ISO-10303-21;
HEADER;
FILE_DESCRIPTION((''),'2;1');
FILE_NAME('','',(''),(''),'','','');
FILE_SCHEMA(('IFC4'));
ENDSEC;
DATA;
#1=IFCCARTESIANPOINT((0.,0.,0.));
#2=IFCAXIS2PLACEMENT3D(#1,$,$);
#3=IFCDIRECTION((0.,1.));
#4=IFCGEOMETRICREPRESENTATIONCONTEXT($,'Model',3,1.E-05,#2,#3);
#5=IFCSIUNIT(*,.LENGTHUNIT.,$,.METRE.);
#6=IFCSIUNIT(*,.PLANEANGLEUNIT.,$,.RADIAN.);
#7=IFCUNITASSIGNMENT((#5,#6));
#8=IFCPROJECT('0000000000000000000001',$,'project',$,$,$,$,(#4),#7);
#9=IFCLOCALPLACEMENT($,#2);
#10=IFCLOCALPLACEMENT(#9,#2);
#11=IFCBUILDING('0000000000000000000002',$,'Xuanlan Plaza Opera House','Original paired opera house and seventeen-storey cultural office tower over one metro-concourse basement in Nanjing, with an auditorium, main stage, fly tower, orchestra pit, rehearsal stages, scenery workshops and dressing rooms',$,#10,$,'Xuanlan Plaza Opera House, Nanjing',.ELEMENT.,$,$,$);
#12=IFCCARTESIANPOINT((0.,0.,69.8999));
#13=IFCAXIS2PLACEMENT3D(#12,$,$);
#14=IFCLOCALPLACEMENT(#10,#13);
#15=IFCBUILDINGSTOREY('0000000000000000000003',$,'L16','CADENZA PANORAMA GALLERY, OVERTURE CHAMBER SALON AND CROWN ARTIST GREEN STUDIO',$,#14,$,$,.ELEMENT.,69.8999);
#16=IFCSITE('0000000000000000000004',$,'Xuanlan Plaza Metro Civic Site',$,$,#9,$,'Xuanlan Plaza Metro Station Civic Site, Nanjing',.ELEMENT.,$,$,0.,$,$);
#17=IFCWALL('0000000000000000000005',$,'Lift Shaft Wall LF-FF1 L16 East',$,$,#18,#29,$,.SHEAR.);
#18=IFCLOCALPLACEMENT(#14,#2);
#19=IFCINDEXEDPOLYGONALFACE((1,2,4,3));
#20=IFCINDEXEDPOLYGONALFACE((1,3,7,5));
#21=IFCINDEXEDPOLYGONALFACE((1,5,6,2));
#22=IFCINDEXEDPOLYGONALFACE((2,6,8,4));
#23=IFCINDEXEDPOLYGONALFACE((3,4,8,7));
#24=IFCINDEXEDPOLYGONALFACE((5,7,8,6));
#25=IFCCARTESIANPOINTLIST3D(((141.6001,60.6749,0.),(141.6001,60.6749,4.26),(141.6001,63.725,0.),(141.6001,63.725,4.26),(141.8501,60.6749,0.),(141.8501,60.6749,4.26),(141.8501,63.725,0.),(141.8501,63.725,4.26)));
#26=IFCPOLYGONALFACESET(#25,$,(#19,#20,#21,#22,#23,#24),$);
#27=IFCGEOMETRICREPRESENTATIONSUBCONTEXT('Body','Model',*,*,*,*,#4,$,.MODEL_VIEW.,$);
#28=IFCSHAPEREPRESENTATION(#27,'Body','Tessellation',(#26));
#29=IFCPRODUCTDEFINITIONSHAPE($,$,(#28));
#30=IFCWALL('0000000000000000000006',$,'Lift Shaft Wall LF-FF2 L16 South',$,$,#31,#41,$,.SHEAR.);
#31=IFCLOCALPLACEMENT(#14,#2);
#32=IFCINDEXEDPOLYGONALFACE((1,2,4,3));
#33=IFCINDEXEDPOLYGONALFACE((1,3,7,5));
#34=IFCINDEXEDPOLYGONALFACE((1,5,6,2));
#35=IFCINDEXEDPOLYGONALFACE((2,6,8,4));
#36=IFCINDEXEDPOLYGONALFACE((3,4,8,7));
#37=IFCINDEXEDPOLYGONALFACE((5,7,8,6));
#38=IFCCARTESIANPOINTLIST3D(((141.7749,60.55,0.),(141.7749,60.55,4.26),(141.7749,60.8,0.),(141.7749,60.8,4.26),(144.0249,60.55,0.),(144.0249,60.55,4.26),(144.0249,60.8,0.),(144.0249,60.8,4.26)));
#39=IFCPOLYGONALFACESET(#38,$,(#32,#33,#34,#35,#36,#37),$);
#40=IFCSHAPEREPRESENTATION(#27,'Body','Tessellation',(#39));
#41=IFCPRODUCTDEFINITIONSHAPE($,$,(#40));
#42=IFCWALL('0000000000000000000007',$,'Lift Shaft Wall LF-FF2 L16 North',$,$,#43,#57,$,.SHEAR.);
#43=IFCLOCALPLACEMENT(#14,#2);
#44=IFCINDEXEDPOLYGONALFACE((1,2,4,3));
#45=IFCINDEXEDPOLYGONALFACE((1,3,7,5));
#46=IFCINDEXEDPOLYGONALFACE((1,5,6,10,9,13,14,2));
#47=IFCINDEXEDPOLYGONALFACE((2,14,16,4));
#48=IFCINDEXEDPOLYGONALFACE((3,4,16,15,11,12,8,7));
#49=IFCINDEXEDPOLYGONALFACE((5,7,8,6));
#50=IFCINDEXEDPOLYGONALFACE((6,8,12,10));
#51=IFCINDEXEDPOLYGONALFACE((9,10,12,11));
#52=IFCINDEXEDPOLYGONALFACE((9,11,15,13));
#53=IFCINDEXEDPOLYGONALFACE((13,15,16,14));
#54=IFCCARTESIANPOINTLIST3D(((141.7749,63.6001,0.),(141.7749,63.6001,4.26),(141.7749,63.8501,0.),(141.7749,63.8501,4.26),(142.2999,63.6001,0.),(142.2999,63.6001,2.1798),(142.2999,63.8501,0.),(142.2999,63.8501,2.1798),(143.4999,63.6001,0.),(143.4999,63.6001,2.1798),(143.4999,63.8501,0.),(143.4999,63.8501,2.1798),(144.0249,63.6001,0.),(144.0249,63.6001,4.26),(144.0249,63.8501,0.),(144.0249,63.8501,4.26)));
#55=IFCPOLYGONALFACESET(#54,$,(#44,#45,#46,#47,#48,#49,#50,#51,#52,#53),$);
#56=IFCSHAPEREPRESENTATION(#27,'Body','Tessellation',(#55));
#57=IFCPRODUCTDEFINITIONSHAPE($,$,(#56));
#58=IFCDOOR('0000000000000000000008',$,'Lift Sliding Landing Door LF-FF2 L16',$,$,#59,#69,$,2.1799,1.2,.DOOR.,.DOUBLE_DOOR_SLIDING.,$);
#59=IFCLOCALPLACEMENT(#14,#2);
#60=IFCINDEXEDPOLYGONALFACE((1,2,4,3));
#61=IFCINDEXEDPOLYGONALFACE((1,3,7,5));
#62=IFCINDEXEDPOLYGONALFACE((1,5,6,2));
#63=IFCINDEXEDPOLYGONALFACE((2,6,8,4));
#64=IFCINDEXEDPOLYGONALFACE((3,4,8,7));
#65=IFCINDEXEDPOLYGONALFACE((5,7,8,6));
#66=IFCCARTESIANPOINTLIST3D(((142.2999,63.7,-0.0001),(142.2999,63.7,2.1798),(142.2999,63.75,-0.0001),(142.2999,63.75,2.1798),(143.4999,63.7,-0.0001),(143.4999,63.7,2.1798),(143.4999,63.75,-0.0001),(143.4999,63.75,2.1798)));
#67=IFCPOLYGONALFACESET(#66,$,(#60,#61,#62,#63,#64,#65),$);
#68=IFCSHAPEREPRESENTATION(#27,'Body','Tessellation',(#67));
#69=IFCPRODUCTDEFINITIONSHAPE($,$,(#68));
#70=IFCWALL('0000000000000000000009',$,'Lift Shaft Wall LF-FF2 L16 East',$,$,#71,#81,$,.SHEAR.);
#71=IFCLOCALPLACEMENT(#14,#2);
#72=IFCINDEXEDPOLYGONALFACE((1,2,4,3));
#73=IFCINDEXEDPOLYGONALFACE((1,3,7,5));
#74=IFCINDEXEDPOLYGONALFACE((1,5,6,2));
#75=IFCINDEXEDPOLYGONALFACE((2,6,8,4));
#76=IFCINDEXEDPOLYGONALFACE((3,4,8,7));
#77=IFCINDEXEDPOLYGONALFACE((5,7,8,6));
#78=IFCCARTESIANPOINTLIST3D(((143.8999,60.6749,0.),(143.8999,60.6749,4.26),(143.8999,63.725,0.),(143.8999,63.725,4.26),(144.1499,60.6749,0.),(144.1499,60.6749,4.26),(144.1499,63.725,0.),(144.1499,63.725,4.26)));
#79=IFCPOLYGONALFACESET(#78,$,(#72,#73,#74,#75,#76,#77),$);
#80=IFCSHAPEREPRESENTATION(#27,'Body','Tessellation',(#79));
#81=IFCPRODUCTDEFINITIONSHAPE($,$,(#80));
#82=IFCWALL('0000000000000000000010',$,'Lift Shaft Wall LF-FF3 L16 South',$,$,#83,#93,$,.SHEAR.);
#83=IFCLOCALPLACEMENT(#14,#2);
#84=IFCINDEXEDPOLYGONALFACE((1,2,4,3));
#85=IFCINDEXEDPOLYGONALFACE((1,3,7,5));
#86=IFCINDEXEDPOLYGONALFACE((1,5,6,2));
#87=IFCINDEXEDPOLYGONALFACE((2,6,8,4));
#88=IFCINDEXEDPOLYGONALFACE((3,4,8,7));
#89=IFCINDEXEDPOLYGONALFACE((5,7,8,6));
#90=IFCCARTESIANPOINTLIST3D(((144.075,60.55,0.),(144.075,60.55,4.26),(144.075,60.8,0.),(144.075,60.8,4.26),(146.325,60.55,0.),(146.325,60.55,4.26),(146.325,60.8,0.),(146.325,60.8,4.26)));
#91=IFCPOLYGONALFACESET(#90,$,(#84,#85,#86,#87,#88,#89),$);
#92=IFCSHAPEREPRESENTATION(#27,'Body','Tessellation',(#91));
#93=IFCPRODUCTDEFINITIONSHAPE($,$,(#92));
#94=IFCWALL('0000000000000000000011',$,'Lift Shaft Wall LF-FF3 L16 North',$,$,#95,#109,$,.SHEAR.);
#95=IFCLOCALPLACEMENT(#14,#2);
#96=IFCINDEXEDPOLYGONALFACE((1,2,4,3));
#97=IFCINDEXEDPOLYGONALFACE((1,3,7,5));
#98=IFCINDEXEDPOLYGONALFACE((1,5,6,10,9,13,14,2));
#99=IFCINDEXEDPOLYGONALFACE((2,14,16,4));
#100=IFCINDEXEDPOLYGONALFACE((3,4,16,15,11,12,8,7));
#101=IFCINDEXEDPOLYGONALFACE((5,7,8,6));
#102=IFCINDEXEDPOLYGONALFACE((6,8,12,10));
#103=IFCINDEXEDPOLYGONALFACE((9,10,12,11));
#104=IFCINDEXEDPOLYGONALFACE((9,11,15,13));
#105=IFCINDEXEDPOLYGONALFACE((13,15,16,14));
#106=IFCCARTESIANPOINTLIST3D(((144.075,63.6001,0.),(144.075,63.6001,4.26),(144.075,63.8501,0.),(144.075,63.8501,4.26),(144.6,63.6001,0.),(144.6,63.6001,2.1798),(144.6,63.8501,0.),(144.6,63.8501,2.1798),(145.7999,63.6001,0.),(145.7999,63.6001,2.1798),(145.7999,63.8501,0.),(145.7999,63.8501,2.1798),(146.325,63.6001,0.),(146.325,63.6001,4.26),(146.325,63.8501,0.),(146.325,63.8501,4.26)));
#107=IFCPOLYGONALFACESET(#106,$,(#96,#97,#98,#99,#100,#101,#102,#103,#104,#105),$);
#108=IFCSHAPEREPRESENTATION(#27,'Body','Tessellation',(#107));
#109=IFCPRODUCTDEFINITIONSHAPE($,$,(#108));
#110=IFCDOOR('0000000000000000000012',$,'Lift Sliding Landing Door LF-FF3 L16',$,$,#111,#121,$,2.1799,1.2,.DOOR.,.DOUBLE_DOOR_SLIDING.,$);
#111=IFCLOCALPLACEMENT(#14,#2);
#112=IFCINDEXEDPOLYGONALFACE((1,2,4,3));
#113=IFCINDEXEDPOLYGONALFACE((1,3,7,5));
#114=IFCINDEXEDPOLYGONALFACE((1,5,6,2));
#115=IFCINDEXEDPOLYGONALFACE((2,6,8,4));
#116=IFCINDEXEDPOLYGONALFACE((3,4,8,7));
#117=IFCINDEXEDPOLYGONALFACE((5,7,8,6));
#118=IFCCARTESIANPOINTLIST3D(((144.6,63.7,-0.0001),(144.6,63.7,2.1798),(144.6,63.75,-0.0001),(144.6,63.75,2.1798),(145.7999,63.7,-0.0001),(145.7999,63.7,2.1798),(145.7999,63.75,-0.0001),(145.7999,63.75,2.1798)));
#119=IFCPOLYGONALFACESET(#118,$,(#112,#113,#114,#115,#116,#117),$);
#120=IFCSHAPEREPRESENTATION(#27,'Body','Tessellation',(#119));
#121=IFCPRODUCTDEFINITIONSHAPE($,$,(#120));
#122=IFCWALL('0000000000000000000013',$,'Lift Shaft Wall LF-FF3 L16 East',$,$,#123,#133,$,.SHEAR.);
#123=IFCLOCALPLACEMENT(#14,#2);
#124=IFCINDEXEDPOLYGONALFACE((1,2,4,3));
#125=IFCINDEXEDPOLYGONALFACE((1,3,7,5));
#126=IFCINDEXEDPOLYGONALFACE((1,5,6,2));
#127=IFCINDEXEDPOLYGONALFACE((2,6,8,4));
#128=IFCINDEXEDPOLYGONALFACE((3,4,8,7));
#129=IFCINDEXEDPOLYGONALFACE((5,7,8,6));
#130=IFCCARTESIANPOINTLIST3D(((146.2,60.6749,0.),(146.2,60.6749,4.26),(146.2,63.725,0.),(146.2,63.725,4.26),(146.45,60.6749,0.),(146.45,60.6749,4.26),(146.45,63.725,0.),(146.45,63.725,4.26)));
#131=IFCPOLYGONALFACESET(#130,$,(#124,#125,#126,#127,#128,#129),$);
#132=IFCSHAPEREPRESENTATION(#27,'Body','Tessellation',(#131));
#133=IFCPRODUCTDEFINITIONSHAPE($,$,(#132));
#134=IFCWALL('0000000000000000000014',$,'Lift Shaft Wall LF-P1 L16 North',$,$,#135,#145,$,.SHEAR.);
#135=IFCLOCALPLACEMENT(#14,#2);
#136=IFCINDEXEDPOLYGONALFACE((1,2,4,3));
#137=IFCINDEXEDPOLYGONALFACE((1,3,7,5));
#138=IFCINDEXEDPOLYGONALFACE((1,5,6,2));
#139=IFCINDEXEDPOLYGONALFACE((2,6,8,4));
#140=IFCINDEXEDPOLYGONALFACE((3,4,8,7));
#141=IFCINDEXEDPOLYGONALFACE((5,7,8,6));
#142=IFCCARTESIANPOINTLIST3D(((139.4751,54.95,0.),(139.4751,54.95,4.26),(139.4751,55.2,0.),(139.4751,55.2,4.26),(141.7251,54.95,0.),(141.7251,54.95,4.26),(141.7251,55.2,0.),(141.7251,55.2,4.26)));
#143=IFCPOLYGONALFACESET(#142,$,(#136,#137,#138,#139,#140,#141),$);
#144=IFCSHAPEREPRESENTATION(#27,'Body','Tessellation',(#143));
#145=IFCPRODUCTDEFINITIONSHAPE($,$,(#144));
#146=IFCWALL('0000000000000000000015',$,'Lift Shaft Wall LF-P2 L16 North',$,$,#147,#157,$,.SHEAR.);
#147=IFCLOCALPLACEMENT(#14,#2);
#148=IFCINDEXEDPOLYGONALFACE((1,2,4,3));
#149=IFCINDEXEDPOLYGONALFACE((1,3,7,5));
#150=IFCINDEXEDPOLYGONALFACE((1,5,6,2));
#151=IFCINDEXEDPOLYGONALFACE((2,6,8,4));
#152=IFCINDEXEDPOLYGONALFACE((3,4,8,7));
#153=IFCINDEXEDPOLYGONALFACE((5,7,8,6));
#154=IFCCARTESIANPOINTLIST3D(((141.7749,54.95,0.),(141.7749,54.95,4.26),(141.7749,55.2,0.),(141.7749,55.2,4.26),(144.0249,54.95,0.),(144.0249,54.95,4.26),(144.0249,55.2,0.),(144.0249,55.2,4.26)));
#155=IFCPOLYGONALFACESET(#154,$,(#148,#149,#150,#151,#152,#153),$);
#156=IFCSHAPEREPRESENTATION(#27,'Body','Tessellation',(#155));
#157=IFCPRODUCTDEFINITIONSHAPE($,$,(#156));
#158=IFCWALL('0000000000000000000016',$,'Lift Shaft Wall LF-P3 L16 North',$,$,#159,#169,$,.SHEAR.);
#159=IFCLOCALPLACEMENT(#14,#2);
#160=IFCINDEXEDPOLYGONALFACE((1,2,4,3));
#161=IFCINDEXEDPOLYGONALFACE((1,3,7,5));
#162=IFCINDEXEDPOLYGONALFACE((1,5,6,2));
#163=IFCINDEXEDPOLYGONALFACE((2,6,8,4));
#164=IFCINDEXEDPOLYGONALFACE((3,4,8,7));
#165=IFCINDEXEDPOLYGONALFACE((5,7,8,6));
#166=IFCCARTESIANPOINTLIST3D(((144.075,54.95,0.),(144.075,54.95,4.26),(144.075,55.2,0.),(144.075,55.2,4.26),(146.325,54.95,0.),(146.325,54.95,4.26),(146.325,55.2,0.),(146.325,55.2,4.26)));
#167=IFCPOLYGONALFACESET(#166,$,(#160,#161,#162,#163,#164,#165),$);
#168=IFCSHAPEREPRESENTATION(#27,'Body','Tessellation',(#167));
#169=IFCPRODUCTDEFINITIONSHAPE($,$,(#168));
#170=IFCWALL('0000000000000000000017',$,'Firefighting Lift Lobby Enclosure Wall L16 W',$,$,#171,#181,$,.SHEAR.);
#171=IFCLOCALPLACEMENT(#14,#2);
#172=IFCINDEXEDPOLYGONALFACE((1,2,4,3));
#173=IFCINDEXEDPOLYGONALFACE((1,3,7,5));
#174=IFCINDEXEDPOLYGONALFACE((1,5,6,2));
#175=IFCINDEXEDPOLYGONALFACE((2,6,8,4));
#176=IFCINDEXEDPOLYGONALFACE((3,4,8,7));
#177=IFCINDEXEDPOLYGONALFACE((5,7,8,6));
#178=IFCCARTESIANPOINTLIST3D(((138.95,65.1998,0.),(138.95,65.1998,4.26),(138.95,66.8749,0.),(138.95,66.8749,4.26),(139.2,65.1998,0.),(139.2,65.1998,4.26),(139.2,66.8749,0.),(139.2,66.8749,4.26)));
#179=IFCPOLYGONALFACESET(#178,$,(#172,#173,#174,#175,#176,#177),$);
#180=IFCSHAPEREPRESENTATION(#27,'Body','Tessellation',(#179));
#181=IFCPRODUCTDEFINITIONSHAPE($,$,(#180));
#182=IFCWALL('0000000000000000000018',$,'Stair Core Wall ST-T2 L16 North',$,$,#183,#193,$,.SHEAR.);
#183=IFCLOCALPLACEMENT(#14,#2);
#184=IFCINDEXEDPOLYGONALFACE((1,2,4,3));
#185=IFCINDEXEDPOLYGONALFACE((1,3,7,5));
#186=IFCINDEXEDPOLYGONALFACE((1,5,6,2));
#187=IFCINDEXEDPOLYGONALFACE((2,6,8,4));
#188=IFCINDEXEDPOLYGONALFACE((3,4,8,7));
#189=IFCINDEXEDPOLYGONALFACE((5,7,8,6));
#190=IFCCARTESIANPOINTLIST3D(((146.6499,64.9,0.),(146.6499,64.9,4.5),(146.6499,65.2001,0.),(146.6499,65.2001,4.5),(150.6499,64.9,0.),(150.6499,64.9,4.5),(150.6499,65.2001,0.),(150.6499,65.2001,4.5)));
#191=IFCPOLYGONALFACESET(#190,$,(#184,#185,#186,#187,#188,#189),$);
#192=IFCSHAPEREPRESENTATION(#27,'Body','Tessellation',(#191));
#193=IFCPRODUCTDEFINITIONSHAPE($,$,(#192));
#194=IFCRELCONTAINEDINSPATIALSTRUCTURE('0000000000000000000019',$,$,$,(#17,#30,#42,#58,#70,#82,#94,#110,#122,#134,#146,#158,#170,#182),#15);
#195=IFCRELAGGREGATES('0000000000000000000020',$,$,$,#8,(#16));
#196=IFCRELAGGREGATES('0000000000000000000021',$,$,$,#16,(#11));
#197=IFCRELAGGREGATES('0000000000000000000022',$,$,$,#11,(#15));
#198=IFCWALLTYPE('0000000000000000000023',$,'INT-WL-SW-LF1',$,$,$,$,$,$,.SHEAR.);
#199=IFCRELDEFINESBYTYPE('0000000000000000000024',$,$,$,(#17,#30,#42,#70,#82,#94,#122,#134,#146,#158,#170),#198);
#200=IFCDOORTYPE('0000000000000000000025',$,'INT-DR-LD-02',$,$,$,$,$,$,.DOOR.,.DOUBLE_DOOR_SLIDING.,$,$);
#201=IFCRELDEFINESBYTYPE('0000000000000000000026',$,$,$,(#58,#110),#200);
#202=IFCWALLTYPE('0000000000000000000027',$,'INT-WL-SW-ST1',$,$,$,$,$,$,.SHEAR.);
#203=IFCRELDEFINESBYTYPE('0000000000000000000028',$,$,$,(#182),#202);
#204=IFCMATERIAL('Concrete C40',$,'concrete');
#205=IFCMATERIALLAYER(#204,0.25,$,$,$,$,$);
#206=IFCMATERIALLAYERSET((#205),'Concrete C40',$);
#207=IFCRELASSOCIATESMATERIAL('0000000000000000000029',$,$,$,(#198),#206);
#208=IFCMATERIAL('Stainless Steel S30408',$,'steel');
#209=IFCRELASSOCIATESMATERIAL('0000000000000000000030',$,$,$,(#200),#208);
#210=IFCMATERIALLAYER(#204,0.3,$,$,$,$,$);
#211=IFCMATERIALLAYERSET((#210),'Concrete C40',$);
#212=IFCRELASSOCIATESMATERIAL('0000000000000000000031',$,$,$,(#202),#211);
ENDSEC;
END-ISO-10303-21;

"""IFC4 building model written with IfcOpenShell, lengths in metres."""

from ifc_helpers import new_model, si_unit, direction, frame, frame_2d, origin, place, context, subcontext, project, spatial, rectangle, extrude, material, layer, layer_set, type_object, element, fill, save


model = new_model("IFC4")

# Units and contexts
model_context = context("Model", 3, precision=1e-05, world=origin(), true_north=direction((0.0, 1.0)))
body_context = subcontext(model_context, "Body", "Model", "MODEL_VIEW")
ifc_project = project(units=[si_unit("LENGTHUNIT", "METRE"), si_unit("PLANEANGLEUNIT", "RADIAN")], contexts=[model_context])

# Site, building, storey
site_placement = place(None, origin())
site = spatial("IfcSite", under=ifc_project, at=site_placement, Name="Xuanlan Plaza Metro Civic Site", LongName="Xuanlan Plaza Metro Station Civic Site, Nanjing", CompositionType="ELEMENT", RefElevation=0.0)
building_placement = place(site_placement, origin())
building = spatial("IfcBuilding", under=site, at=building_placement, Name="Xuanlan Plaza Opera House", Description="Original paired opera house and seventeen-storey cultural office tower over one metro-concourse basement in Nanjing, with an auditorium, main stage, fly tower, orchestra pit, rehearsal stages, scenery workshops and dressing rooms", LongName="Xuanlan Plaza Opera House, Nanjing", CompositionType="ELEMENT")
storey_placement = place(building_placement, frame((0.0, 0.0, 69.8999)))
storey = spatial("IfcBuildingStorey", under=building, at=storey_placement, Name="L16", Description="CADENZA PANORAMA GALLERY, OVERTURE CHAMBER SALON AND CROWN ARTIST GREEN STUDIO", CompositionType="ELEMENT", Elevation=69.8999)

# Shared definitions
ifc_material_1 = material(Name="Concrete C40", Category="concrete")

# Shared definitions
ifc_layer_1 = layer(ifc_material_1, 0.25)
ifc_layer_set_1 = layer_set([ifc_layer_1], Name="Concrete C40")
wall_type_1 = type_object("IfcWallType", Name="INT-WL-SW-LF1", PredefinedType="SHEAR", material=ifc_layer_set_1)

# Shared definitions
ifc_material_2 = material(Name="Stainless Steel S30408", Category="steel")
door_type = type_object("IfcDoorType", Name="INT-DR-LD-02", OperationType="DOUBLE_DOOR_SLIDING", PredefinedType="DOOR", material=ifc_material_2)

# Walls
for number, where, z_axis, x_axis, name in (
    (1, (141.7251, 60.675, 0.0), (0.0, 0.0, 1.0), (0.0, 1.0, 0.0), "Lift Shaft Wall LF-FF1 L16 East"),
):
    element("IfcWall", number, at=place(storey_placement, frame(where, z_axis=z_axis, x_axis=x_axis)), inside=storey, type_object=wall_type_1, Name=name, PredefinedType="SHEAR", context=body_context, shape_type="SweptSolid", body=[
        extrude(rectangle(XDim=3.05, YDim=0.25, at=frame_2d((1.5249, 0.0))), origin(), (0.0, 0.0, 1.0), 4.26),
    ])
wall_1_placement = place(storey_placement, frame((141.7749, 60.675, 0.0), z_axis=(0.0, 0.0, 1.0), x_axis=(1.0, 0.0, 0.0)))
element("IfcWall", 2, at=wall_1_placement, inside=storey, type_object=wall_type_1, Name="Lift Shaft Wall LF-FF2 L16 South", PredefinedType="SHEAR", context=body_context, shape_type="SweptSolid", body=[
    extrude(rectangle(XDim=2.25, YDim=0.25, at=frame_2d((1.125, 0.0))), origin(), (0.0, 0.0, 1.0), 4.26),
])

# Wall, opening, door
wall_2_placement = place(storey_placement, frame((141.7749, 63.7251, 0.0), z_axis=(0.0, 0.0, 1.0), x_axis=(1.0, 0.0, 0.0)))
wall_2 = element("IfcWall", 3, at=wall_2_placement, inside=storey, type_object=wall_type_1, Name="Lift Shaft Wall LF-FF2 L16 North", PredefinedType="SHEAR", context=body_context, shape_type="SweptSolid", body=[
    extrude(rectangle(XDim=2.25, YDim=0.25, at=frame_2d((1.125, 0.0))), origin(), (0.0, 0.0, 1.0), 4.26),
])
opening_1_placement = place(wall_2_placement, frame((0.5249, 0.0, 0.0)))
opening_1 = element("IfcOpeningElement", 4, at=opening_1_placement, cuts=wall_2, PredefinedType="OPENING", context=body_context, shape_type="SweptSolid", body=[
    extrude(rectangle(XDim=1.2, YDim=2.1799, at=frame_2d((0.6001, 1.0898))), frame((0.0, 0.135, 0.0), z_axis=(0.0, -1.0, 0.0), x_axis=(1.0, 0.0, 0.0)), (0.0, 0.0, 1.0), 0.27),
])
door_1_placement = place(opening_1_placement, origin())
door_1 = element("IfcDoor", 5, at=door_1_placement, inside=storey, type_object=door_type, Name="Lift Sliding Landing Door LF-FF2 L16", OperationType="DOUBLE_DOOR_SLIDING", OverallHeight=2.1799, OverallWidth=1.2, PredefinedType="DOOR", context=body_context, shape_type="SweptSolid", body=[
    extrude(rectangle(XDim=1.2, YDim=2.1799, at=frame_2d((0.6001, 1.0898))), frame((0.0, 0.0249, 0.0), z_axis=(0.0, -1.0, 0.0), x_axis=(1.0, 0.0, 0.0)), (0.0, 0.0, 1.0), 0.05),
])
fill(opening_1, door_1)

# Walls
wall_3_placement = place(storey_placement, frame((144.0249, 60.675, 0.0), z_axis=(0.0, 0.0, 1.0), x_axis=(0.0, 1.0, 0.0)))
element("IfcWall", 6, at=wall_3_placement, inside=storey, type_object=wall_type_1, Name="Lift Shaft Wall LF-FF2 L16 East", PredefinedType="SHEAR", context=body_context, shape_type="SweptSolid", body=[
    extrude(rectangle(XDim=3.05, YDim=0.25, at=frame_2d((1.5249, 0.0))), origin(), (0.0, 0.0, 1.0), 4.26),
])
wall_4_placement = place(storey_placement, frame((144.075, 60.675, 0.0), z_axis=(0.0, 0.0, 1.0), x_axis=(1.0, 0.0, 0.0)))
element("IfcWall", 7, at=wall_4_placement, inside=storey, type_object=wall_type_1, Name="Lift Shaft Wall LF-FF3 L16 South", PredefinedType="SHEAR", context=body_context, shape_type="SweptSolid", body=[
    extrude(rectangle(XDim=2.25, YDim=0.25, at=frame_2d((1.125, 0.0))), origin(), (0.0, 0.0, 1.0), 4.26),
])

# Wall, opening, door
wall_5_placement = place(storey_placement, frame((144.075, 63.7251, 0.0), z_axis=(0.0, 0.0, 1.0), x_axis=(1.0, 0.0, 0.0)))
wall_5 = element("IfcWall", 8, at=wall_5_placement, inside=storey, type_object=wall_type_1, Name="Lift Shaft Wall LF-FF3 L16 North", PredefinedType="SHEAR", context=body_context, shape_type="SweptSolid", body=[
    extrude(rectangle(XDim=2.25, YDim=0.25, at=frame_2d((1.125, 0.0))), origin(), (0.0, 0.0, 1.0), 4.26),
])
opening_2_placement = place(wall_5_placement, frame((0.5249, 0.0, 0.0)))
opening_2 = element("IfcOpeningElement", 9, at=opening_2_placement, cuts=wall_5, PredefinedType="OPENING", context=body_context, shape_type="SweptSolid", body=[
    extrude(rectangle(XDim=1.2, YDim=2.1799, at=frame_2d((0.6001, 1.0898))), frame((0.0, 0.135, 0.0), z_axis=(0.0, -1.0, 0.0), x_axis=(1.0, 0.0, 0.0)), (0.0, 0.0, 1.0), 0.27),
])
door_2_placement = place(opening_2_placement, origin())
door_2 = element("IfcDoor", 10, at=door_2_placement, inside=storey, type_object=door_type, Name="Lift Sliding Landing Door LF-FF3 L16", OperationType="DOUBLE_DOOR_SLIDING", OverallHeight=2.1799, OverallWidth=1.2, PredefinedType="DOOR", context=body_context, shape_type="SweptSolid", body=[
    extrude(rectangle(XDim=1.2, YDim=2.1799, at=frame_2d((0.6001, 1.0898))), frame((0.0, 0.0249, 0.0), z_axis=(0.0, -1.0, 0.0), x_axis=(1.0, 0.0, 0.0)), (0.0, 0.0, 1.0), 0.05),
])
fill(opening_2, door_2)

# Walls
wall_6_placement = place(storey_placement, frame((146.325, 60.675, 0.0), z_axis=(0.0, 0.0, 1.0), x_axis=(0.0, 1.0, 0.0)))
element("IfcWall", 11, at=wall_6_placement, inside=storey, type_object=wall_type_1, Name="Lift Shaft Wall LF-FF3 L16 East", PredefinedType="SHEAR", context=body_context, shape_type="SweptSolid", body=[
    extrude(rectangle(XDim=3.05, YDim=0.25, at=frame_2d((1.5249, 0.0))), origin(), (0.0, 0.0, 1.0), 4.26),
])
for number, where, z_axis, x_axis, name in (
    (12, (139.4751, 55.075, 0.0), (0.0, 0.0, 1.0), (1.0, 0.0, 0.0), "Lift Shaft Wall LF-P1 L16 North"),
    (13, (141.7749, 55.075, 0.0), (0.0, 0.0, 1.0), (1.0, 0.0, 0.0), "Lift Shaft Wall LF-P2 L16 North"),
    (14, (144.075, 55.075, 0.0), (0.0, 0.0, 1.0), (1.0, 0.0, 0.0), "Lift Shaft Wall LF-P3 L16 North"),
):
    element("IfcWall", number, at=place(storey_placement, frame(where, z_axis=z_axis, x_axis=x_axis)), inside=storey, type_object=wall_type_1, Name=name, PredefinedType="SHEAR", context=body_context, shape_type="SweptSolid", body=[
        extrude(rectangle(XDim=2.25, YDim=0.25, at=frame_2d((1.125, 0.0))), origin(), (0.0, 0.0, 1.0), 4.26),
    ])
wall_7_placement = place(storey_placement, frame((139.075, 65.2, 0.0), z_axis=(0.0, 0.0, 1.0), x_axis=(0.0, 1.0, 0.0)))
element("IfcWall", 15, at=wall_7_placement, inside=storey, type_object=wall_type_1, Name="Firefighting Lift Lobby Enclosure Wall L16 W", PredefinedType="SHEAR", context=body_context, shape_type="SweptSolid", body=[
    extrude(rectangle(XDim=1.675, YDim=0.25, at=frame_2d((0.8374, 0.0))), origin(), (0.0, 0.0, 1.0), 4.26),
])
ifc_layer_2 = layer(ifc_material_1, 0.3)
ifc_layer_set_2 = layer_set([ifc_layer_2], Name="Concrete C40")
wall_type_2 = type_object("IfcWallType", Name="INT-WL-SW-ST1", PredefinedType="SHEAR", material=ifc_layer_set_2)
wall_8_placement = place(storey_placement, frame((146.6499, 65.05, 0.0), z_axis=(0.0, 0.0, 1.0), x_axis=(1.0, 0.0, 0.0)))
element("IfcWall", 16, at=wall_8_placement, inside=storey, type_object=wall_type_2, Name="Stair Core Wall ST-T2 L16 North", PredefinedType="SHEAR", context=body_context, shape_type="SweptSolid", body=[
    extrude(rectangle(XDim=4.0, YDim=0.3, at=frame_2d((2.0, 0.0))), origin(), (0.0, 0.0, 1.0), 4.5),
])

save(model, "model.ifc")
